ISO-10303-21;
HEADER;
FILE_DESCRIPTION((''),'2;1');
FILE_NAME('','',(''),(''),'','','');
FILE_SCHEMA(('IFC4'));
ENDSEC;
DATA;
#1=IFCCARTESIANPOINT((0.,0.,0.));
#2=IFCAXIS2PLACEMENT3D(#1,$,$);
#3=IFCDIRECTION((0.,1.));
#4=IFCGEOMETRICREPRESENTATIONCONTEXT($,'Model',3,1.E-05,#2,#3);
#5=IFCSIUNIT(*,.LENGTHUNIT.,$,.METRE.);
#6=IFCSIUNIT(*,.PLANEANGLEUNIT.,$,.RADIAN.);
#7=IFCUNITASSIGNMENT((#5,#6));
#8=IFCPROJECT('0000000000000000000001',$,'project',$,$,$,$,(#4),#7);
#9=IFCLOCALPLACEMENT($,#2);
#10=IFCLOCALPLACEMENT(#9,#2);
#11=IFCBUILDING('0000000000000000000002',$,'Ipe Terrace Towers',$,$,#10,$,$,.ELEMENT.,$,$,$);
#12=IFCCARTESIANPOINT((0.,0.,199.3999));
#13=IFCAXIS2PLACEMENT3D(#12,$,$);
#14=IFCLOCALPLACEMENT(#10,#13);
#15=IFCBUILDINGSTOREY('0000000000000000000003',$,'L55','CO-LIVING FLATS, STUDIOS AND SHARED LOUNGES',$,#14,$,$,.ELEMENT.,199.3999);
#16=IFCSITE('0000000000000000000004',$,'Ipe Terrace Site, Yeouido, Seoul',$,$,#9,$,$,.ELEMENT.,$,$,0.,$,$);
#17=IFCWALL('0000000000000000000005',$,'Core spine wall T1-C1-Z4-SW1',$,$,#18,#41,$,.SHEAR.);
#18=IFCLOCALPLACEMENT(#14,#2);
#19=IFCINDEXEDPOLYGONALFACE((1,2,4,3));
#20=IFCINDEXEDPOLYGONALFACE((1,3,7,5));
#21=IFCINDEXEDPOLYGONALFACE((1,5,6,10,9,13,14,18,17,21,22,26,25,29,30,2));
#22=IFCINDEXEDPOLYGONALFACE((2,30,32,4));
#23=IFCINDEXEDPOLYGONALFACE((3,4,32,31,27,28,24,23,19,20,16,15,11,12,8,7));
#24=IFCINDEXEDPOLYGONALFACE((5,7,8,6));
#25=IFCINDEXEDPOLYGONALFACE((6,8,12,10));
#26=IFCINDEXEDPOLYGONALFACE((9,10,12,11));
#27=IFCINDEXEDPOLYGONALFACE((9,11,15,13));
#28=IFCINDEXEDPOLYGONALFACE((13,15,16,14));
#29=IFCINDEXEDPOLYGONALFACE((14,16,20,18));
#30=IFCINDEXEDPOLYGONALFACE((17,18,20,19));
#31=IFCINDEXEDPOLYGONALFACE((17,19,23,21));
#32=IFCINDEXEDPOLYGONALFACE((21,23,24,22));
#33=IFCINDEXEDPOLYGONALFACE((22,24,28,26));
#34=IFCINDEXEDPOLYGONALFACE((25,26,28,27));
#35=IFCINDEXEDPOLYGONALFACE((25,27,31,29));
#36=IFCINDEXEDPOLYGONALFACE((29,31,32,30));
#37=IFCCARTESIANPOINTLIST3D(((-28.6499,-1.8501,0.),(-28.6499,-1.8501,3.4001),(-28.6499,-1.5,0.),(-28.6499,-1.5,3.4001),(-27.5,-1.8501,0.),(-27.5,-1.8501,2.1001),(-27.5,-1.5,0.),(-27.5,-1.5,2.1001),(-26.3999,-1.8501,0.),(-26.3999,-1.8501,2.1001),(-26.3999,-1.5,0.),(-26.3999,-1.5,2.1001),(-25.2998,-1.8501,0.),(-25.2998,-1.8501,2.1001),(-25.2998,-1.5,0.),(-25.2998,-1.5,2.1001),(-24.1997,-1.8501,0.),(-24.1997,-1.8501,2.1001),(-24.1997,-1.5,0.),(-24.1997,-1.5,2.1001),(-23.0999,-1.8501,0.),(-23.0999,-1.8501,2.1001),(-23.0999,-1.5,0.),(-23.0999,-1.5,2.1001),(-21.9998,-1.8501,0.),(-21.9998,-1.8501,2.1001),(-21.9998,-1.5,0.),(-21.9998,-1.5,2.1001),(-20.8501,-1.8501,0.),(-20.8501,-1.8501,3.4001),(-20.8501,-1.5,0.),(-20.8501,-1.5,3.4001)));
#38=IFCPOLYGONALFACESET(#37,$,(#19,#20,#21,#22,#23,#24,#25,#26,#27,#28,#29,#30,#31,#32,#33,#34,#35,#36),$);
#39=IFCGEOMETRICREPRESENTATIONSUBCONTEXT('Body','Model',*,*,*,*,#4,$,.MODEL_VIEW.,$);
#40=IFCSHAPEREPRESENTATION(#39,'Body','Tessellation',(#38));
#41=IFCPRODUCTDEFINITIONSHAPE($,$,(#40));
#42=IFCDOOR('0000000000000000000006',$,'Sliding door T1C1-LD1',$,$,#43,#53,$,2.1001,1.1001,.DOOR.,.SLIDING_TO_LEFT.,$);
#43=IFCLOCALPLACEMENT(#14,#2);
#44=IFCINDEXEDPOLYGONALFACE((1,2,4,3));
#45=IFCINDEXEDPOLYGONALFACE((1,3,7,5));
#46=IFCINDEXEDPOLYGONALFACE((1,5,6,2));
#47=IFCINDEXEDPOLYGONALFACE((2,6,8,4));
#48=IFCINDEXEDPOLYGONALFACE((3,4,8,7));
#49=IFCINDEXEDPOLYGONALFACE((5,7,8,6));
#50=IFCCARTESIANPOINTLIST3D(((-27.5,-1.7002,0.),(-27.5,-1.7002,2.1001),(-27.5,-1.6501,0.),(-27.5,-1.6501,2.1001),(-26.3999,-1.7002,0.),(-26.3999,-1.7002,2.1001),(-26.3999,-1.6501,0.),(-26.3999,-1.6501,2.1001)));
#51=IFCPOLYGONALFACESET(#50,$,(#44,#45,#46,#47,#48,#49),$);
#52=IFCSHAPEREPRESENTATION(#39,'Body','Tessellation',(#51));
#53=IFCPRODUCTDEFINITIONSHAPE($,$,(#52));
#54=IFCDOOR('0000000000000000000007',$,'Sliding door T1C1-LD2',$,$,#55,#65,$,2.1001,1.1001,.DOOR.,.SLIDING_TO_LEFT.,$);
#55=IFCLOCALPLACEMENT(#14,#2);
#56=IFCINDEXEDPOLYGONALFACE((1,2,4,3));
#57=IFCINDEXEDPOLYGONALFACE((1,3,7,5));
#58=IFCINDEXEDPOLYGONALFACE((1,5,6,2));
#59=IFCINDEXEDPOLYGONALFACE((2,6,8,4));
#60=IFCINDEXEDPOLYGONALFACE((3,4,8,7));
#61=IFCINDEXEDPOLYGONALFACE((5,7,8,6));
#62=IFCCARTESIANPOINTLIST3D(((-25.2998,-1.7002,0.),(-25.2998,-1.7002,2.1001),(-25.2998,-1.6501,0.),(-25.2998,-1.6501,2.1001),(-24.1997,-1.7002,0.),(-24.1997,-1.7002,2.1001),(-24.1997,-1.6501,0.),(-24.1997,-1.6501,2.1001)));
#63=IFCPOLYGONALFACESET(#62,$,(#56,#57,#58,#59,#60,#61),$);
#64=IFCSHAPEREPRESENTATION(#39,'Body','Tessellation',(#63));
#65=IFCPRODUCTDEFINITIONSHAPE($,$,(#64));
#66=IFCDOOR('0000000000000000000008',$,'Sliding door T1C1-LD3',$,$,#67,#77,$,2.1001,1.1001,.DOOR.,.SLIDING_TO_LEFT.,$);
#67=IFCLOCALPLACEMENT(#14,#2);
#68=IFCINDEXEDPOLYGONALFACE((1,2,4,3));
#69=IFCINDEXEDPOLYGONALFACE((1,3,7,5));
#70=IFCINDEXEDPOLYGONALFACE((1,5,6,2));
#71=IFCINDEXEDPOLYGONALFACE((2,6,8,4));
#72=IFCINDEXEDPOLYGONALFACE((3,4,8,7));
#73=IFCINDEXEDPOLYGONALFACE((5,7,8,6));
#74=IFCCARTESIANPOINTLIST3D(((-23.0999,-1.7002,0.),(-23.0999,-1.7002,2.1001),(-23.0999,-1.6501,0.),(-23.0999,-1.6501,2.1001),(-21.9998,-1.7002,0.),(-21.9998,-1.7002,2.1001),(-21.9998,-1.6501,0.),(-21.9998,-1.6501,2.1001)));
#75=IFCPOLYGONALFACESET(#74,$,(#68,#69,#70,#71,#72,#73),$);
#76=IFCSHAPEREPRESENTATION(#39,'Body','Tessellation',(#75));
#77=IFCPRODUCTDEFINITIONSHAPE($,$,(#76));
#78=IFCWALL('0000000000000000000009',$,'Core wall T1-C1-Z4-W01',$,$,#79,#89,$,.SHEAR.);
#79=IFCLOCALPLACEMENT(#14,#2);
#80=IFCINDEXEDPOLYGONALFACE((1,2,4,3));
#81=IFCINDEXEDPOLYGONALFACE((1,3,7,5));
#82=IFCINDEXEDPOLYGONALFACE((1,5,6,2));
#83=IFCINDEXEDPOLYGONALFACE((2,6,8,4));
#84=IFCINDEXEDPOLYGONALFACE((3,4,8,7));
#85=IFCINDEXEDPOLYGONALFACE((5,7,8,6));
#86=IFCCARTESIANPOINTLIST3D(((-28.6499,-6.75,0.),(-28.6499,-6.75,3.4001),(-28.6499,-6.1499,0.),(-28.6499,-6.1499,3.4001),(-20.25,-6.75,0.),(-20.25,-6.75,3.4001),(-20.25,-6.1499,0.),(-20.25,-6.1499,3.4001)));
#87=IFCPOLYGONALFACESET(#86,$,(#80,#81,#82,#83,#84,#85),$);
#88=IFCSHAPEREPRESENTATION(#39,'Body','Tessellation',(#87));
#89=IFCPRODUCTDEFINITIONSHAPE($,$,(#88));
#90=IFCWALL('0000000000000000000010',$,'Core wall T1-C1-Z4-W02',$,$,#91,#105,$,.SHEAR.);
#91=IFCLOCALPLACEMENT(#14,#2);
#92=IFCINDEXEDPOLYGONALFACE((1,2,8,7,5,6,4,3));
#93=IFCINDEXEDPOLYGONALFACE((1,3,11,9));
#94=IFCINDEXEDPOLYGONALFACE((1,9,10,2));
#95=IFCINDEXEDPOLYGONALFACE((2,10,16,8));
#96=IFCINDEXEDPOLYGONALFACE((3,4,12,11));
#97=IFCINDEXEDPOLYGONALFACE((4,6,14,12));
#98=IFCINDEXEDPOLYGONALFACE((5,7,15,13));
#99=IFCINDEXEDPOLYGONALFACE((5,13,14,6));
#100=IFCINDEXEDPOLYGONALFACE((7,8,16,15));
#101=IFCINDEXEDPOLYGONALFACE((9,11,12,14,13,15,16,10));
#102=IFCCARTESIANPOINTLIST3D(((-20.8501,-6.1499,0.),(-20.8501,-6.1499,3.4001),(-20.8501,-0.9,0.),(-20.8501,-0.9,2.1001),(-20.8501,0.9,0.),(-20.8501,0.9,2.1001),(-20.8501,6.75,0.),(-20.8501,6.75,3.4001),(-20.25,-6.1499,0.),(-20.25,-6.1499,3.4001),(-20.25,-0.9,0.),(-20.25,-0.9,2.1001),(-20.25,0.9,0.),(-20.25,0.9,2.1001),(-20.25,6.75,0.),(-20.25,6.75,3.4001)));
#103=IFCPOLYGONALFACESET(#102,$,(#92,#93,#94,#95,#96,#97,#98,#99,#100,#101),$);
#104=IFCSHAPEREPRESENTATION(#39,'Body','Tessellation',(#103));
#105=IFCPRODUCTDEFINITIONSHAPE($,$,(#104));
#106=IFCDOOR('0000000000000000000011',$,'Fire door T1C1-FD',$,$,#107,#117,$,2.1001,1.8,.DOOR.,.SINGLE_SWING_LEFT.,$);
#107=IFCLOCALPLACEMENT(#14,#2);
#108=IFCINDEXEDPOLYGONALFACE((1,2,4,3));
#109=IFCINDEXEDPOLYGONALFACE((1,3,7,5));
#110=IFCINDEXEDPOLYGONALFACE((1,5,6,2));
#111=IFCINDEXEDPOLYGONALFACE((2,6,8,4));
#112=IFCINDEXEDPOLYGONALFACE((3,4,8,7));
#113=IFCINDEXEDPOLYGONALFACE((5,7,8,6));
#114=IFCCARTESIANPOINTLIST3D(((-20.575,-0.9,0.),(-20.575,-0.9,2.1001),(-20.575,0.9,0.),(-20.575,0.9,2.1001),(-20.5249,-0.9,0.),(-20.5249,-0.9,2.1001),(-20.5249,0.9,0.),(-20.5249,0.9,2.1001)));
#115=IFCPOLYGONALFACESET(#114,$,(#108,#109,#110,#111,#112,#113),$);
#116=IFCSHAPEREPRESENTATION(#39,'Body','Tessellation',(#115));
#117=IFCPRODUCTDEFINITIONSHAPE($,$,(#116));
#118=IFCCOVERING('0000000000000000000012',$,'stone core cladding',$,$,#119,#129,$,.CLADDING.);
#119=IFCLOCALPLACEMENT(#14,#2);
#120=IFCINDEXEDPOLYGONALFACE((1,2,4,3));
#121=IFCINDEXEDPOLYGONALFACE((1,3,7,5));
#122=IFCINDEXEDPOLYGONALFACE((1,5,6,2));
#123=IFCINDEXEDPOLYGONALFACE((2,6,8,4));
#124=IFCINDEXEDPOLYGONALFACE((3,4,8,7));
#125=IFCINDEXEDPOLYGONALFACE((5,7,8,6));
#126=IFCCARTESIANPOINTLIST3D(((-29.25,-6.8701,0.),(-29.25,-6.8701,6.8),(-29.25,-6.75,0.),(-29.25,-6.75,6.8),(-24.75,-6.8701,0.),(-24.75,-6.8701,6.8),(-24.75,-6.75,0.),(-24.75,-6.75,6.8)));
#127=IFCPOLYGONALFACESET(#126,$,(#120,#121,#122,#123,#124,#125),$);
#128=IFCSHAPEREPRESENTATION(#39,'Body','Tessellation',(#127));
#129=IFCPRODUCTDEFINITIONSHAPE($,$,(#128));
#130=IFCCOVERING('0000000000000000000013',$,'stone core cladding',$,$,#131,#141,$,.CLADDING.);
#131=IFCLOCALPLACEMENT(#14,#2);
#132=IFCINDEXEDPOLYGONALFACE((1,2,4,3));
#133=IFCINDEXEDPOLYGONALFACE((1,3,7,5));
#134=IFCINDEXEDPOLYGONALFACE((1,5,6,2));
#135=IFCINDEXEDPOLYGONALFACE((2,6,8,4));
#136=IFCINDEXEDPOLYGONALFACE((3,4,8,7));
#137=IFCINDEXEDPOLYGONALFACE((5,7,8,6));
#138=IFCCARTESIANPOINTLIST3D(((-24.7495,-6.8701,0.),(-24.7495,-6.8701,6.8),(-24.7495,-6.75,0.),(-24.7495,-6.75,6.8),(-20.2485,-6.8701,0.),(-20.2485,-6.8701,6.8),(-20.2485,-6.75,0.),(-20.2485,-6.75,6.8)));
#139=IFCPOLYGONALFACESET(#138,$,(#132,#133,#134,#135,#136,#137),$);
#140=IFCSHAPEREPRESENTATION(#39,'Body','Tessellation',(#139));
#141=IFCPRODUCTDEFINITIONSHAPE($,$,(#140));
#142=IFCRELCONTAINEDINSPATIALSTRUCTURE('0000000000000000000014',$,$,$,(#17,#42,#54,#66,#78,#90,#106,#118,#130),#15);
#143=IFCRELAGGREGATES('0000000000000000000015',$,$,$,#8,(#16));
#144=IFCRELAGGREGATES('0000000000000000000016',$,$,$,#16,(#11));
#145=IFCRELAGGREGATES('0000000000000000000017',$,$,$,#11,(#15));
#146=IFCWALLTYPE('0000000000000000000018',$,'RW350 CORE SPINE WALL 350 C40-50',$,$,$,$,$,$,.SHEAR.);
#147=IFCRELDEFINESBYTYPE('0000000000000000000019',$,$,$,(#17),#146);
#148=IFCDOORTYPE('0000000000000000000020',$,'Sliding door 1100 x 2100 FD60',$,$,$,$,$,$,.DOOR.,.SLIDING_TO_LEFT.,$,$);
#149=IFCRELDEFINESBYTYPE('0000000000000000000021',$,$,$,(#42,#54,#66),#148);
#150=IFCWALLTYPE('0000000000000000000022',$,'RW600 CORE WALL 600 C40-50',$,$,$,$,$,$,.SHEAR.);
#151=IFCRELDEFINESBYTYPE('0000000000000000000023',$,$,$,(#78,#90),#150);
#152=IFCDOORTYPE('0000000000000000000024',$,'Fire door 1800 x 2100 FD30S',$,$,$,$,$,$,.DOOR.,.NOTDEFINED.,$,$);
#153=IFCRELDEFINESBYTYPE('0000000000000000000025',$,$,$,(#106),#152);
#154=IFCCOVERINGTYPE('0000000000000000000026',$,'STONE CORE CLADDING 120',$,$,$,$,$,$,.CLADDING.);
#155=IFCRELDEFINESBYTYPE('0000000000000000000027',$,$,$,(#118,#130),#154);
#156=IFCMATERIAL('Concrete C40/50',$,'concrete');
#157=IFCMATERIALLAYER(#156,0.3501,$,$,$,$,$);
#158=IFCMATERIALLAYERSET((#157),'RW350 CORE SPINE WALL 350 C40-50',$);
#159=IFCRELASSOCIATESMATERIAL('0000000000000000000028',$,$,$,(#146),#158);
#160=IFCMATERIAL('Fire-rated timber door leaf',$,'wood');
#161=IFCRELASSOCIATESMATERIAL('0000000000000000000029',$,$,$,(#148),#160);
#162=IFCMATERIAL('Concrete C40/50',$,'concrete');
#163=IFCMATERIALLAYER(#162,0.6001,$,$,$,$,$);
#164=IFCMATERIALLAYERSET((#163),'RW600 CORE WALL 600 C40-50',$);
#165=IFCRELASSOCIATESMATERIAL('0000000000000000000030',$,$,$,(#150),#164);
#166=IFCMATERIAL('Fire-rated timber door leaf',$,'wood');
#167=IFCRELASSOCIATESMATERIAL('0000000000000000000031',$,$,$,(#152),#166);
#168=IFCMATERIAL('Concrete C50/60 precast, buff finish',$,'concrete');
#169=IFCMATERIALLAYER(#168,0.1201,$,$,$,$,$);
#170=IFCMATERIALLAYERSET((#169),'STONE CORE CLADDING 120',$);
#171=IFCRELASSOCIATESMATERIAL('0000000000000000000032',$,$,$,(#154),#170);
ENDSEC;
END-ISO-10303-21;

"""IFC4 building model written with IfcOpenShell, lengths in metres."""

from ifc_helpers import new_model, si_unit, direction, frame, frame_2d, origin, origin_2d, place, context, subcontext, project, spatial, rectangle, extrude, material, layer, layer_set, type_object, element, fill, save


model = new_model("IFC4")

# Units and contexts
model_context = context("Model", 3, precision=1e-05, world=origin(), true_north=direction((0.0, 1.0)))
body_context = subcontext(model_context, "Body", "Model", "MODEL_VIEW")
ifc_project = project(units=[si_unit("LENGTHUNIT", "METRE"), si_unit("PLANEANGLEUNIT", "RADIAN")], contexts=[model_context])

# Site, building, storey
site_placement = place(None, origin())
site = spatial("IfcSite", under=ifc_project, at=site_placement, Name="Ipe Terrace Site, Yeouido, Seoul", CompositionType="ELEMENT", RefElevation=0.0)
building_placement = place(site_placement, origin())
building = spatial("IfcBuilding", under=site, at=building_placement, Name="Ipe Terrace Towers", CompositionType="ELEMENT")
storey_placement = place(building_placement, frame((0.0, 0.0, 199.3999)))
storey = spatial("IfcBuildingStorey", under=building, at=storey_placement, Name="L55", Description="CO-LIVING FLATS, STUDIOS AND SHARED LOUNGES", CompositionType="ELEMENT", Elevation=199.3999)

# Wall, openings, doors
ifc_material_1 = material(Name="Concrete C40/50", Category="concrete")
ifc_layer_1 = layer(ifc_material_1, 0.3501)
ifc_layer_set_1 = layer_set([ifc_layer_1], Name="RW350 CORE SPINE WALL 350 C40-50")
wall_type_1 = type_object("IfcWallType", Name="RW350 CORE SPINE WALL 350 C40-50", PredefinedType="SHEAR", material=ifc_layer_set_1)
wall_1_placement = place(storey_placement, frame((-28.6499, -1.675, 0.0), z_axis=(0.0, 0.0, 1.0), x_axis=(1.0, 0.0, 0.0)))
wall_1 = element("IfcWall", 1, at=wall_1_placement, inside=storey, type_object=wall_type_1, Name="Core spine wall T1-C1-Z4-SW1", PredefinedType="SHEAR", context=body_context, shape_type="SweptSolid", body=[
    extrude(rectangle(XDim=7.7998, YDim=0.3501, at=frame_2d((3.8999, 0.0))), origin(), (0.0, 0.0, 1.0), 3.4001),
])
opening_1_placement = place(wall_1_placement, frame((1.1499, 0.0, 0.0)))
opening_1 = element("IfcOpeningElement", 2, at=opening_1_placement, cuts=wall_1, PredefinedType="OPENING", context=body_context, shape_type="SweptSolid", body=[
    extrude(rectangle(XDim=1.1001, YDim=2.1001, at=frame_2d((0.55, 1.05))), frame((0.0, 0.1851, 0.0), z_axis=(0.0, -1.0, 0.0), x_axis=(1.0, 0.0, 0.0)), (0.0, 0.0, 1.0), 0.3701),
])
opening_2_placement = place(wall_1_placement, frame((3.3501, 0.0, 0.0)))
opening_2 = element("IfcOpeningElement", 3, at=opening_2_placement, cuts=wall_1, PredefinedType="OPENING", context=body_context, shape_type="SweptSolid", body=[
    extrude(rectangle(XDim=1.1001, YDim=2.1001, at=frame_2d((0.55, 1.05))), frame((0.0, 0.1851, 0.0), z_axis=(0.0, -1.0, 0.0), x_axis=(1.0, 0.0, 0.0)), (0.0, 0.0, 1.0), 0.3701),
])
opening_3_placement = place(wall_1_placement, frame((5.55, 0.0, 0.0)))
opening_3 = element("IfcOpeningElement", 4, at=opening_3_placement, cuts=wall_1, PredefinedType="OPENING", context=body_context, shape_type="SweptSolid", body=[
    extrude(rectangle(XDim=1.1001, YDim=2.1001, at=frame_2d((0.55, 1.05))), frame((0.0, 0.1851, 0.0), z_axis=(0.0, -1.0, 0.0), x_axis=(1.0, 0.0, 0.0)), (0.0, 0.0, 1.0), 0.3701),
])
ifc_material_2 = material(Name="Fire-rated timber door leaf", Category="wood")
door_type_1 = type_object("IfcDoorType", Name="Sliding door 1100 x 2100 FD60", OperationType="SLIDING_TO_LEFT", PredefinedType="DOOR", material=ifc_material_2)
door_1_placement = place(opening_1_placement, origin())
door_1 = element("IfcDoor", 5, at=door_1_placement, inside=storey, type_object=door_type_1, Name="Sliding door T1C1-LD1", OperationType="SLIDING_TO_LEFT", OverallHeight=2.1001, OverallWidth=1.1001, PredefinedType="DOOR", context=body_context, shape_type="SweptSolid", body=[
    extrude(rectangle(XDim=1.1001, YDim=2.1001, at=frame_2d((0.55, 1.05))), frame((0.0, 0.0249, 0.0), z_axis=(0.0, -1.0, 0.0), x_axis=(1.0, 0.0, 0.0)), (0.0, 0.0, 1.0), 0.05),
])
fill(opening_1, door_1)
door_2_placement = place(opening_2_placement, origin())
door_2 = element("IfcDoor", 6, at=door_2_placement, inside=storey, type_object=door_type_1, Name="Sliding door T1C1-LD2", OperationType="SLIDING_TO_LEFT", OverallHeight=2.1001, OverallWidth=1.1001, PredefinedType="DOOR", context=body_context, shape_type="SweptSolid", body=[
    extrude(rectangle(XDim=1.1001, YDim=2.1001, at=frame_2d((0.55, 1.05))), frame((0.0, 0.0249, 0.0), z_axis=(0.0, -1.0, 0.0), x_axis=(1.0, 0.0, 0.0)), (0.0, 0.0, 1.0), 0.05),
])
fill(opening_2, door_2)
door_3_placement = place(opening_3_placement, origin())
door_3 = element("IfcDoor", 7, at=door_3_placement, inside=storey, type_object=door_type_1, Name="Sliding door T1C1-LD3", OperationType="SLIDING_TO_LEFT", OverallHeight=2.1001, OverallWidth=1.1001, PredefinedType="DOOR", context=body_context, shape_type="SweptSolid", body=[
    extrude(rectangle(XDim=1.1001, YDim=2.1001, at=frame_2d((0.55, 1.05))), frame((0.0, 0.0249, 0.0), z_axis=(0.0, -1.0, 0.0), x_axis=(1.0, 0.0, 0.0)), (0.0, 0.0, 1.0), 0.05),
])
fill(opening_3, door_3)

# Wall
ifc_material_3 = material(Name="Concrete C40/50", Category="concrete")
ifc_layer_2 = layer(ifc_material_3, 0.6001)
ifc_layer_set_2 = layer_set([ifc_layer_2], Name="RW600 CORE WALL 600 C40-50")
wall_type_2 = type_object("IfcWallType", Name="RW600 CORE WALL 600 C40-50", PredefinedType="SHEAR", material=ifc_layer_set_2)
wall_2_placement = place(storey_placement, frame((-28.6499, -6.45, 0.0), z_axis=(0.0, 0.0, 1.0), x_axis=(1.0, 0.0, 0.0)))
element("IfcWall", 8, at=wall_2_placement, inside=storey, type_object=wall_type_2, Name="Core wall T1-C1-Z4-W01", PredefinedType="SHEAR", context=body_context, shape_type="SweptSolid", body=[
    extrude(rectangle(XDim=8.3999, YDim=0.6001, at=frame_2d((4.2, 0.0))), origin(), (0.0, 0.0, 1.0), 3.4001),
])

# Wall, opening, door
wall_3_placement = place(storey_placement, frame((-20.55, -6.1499, 0.0), z_axis=(0.0, 0.0, 1.0), x_axis=(0.0, 1.0, 0.0)))
wall_3 = element("IfcWall", 9, at=wall_3_placement, inside=storey, type_object=wall_type_2, Name="Core wall T1-C1-Z4-W02", PredefinedType="SHEAR", context=body_context, shape_type="SweptSolid", body=[
    extrude(rectangle(XDim=12.8999, YDim=0.6001, at=frame_2d((6.45, 0.0))), origin(), (0.0, 0.0, 1.0), 3.4001),
])
opening_4_placement = place(wall_3_placement, frame((5.25, 0.0, 0.0)))
opening_4 = element("IfcOpeningElement", 10, at=opening_4_placement, cuts=wall_3, PredefinedType="OPENING", context=body_context, shape_type="SweptSolid", body=[
    extrude(rectangle(XDim=1.8, YDim=2.1001, at=frame_2d((0.8999, 1.05))), frame((0.0, 0.3101, 0.0), z_axis=(0.0, -1.0, 0.0), x_axis=(1.0, 0.0, 0.0)), (0.0, 0.0, 1.0), 0.6201),
])
ifc_material_4 = material(Name="Fire-rated timber door leaf", Category="wood")
door_type_2 = type_object("IfcDoorType", Name="Fire door 1800 x 2100 FD30S", OperationType="NOTDEFINED", PredefinedType="DOOR", material=ifc_material_4)
door_4_placement = place(opening_4_placement, origin())
door_4 = element("IfcDoor", 11, at=door_4_placement, inside=storey, type_object=door_type_2, Name="Fire door T1C1-FD", OperationType="SINGLE_SWING_LEFT", OverallHeight=2.1001, OverallWidth=1.8, PredefinedType="DOOR", context=body_context, shape_type="SweptSolid", body=[
    extrude(rectangle(XDim=1.8, YDim=2.1001, at=frame_2d((0.8999, 1.05))), frame((0.0, 0.0249, 0.0), z_axis=(0.0, -1.0, 0.0), x_axis=(1.0, 0.0, 0.0)), (0.0, 0.0, 1.0), 0.05),
])
fill(opening_4, door_4)

# Coverings
ifc_material_5 = material(Name="Concrete C50/60 precast, buff finish", Category="concrete")
ifc_layer_3 = layer(ifc_material_5, 0.1201)
ifc_layer_set_3 = layer_set([ifc_layer_3], Name="STONE CORE CLADDING 120")
covering_type = type_object("IfcCoveringType", Name="STONE CORE CLADDING 120", PredefinedType="CLADDING", material=ifc_layer_set_3)
covering_1_placement = place(storey_placement, frame((-27.0, -6.8101, 0.0), z_axis=(0.0, 0.0, 1.0), x_axis=(1.0, 0.0, 0.0)))
element("IfcCovering", 12, at=covering_1_placement, inside=storey, type_object=covering_type, Name="stone core cladding", PredefinedType="CLADDING", context=body_context, shape_type="SweptSolid", body=[
    extrude(rectangle(XDim=4.5, YDim=0.1201, at=origin_2d()), origin(), (0.0, 0.0, 1.0), 6.8),
])
covering_2_placement = place(storey_placement, frame((-22.499, -6.8101, 0.0), z_axis=(0.0, 0.0, 1.0), x_axis=(1.0, 0.0, 0.0)))
element("IfcCovering", 13, at=covering_2_placement, inside=storey, type_object=covering_type, Name="stone core cladding", PredefinedType="CLADDING", context=body_context, shape_type="SweptSolid", body=[
    extrude(rectangle(XDim=4.501, YDim=0.1201, at=origin_2d()), origin(), (0.0, 0.0, 1.0), 6.8),
])

save(model, "model.ifc")
